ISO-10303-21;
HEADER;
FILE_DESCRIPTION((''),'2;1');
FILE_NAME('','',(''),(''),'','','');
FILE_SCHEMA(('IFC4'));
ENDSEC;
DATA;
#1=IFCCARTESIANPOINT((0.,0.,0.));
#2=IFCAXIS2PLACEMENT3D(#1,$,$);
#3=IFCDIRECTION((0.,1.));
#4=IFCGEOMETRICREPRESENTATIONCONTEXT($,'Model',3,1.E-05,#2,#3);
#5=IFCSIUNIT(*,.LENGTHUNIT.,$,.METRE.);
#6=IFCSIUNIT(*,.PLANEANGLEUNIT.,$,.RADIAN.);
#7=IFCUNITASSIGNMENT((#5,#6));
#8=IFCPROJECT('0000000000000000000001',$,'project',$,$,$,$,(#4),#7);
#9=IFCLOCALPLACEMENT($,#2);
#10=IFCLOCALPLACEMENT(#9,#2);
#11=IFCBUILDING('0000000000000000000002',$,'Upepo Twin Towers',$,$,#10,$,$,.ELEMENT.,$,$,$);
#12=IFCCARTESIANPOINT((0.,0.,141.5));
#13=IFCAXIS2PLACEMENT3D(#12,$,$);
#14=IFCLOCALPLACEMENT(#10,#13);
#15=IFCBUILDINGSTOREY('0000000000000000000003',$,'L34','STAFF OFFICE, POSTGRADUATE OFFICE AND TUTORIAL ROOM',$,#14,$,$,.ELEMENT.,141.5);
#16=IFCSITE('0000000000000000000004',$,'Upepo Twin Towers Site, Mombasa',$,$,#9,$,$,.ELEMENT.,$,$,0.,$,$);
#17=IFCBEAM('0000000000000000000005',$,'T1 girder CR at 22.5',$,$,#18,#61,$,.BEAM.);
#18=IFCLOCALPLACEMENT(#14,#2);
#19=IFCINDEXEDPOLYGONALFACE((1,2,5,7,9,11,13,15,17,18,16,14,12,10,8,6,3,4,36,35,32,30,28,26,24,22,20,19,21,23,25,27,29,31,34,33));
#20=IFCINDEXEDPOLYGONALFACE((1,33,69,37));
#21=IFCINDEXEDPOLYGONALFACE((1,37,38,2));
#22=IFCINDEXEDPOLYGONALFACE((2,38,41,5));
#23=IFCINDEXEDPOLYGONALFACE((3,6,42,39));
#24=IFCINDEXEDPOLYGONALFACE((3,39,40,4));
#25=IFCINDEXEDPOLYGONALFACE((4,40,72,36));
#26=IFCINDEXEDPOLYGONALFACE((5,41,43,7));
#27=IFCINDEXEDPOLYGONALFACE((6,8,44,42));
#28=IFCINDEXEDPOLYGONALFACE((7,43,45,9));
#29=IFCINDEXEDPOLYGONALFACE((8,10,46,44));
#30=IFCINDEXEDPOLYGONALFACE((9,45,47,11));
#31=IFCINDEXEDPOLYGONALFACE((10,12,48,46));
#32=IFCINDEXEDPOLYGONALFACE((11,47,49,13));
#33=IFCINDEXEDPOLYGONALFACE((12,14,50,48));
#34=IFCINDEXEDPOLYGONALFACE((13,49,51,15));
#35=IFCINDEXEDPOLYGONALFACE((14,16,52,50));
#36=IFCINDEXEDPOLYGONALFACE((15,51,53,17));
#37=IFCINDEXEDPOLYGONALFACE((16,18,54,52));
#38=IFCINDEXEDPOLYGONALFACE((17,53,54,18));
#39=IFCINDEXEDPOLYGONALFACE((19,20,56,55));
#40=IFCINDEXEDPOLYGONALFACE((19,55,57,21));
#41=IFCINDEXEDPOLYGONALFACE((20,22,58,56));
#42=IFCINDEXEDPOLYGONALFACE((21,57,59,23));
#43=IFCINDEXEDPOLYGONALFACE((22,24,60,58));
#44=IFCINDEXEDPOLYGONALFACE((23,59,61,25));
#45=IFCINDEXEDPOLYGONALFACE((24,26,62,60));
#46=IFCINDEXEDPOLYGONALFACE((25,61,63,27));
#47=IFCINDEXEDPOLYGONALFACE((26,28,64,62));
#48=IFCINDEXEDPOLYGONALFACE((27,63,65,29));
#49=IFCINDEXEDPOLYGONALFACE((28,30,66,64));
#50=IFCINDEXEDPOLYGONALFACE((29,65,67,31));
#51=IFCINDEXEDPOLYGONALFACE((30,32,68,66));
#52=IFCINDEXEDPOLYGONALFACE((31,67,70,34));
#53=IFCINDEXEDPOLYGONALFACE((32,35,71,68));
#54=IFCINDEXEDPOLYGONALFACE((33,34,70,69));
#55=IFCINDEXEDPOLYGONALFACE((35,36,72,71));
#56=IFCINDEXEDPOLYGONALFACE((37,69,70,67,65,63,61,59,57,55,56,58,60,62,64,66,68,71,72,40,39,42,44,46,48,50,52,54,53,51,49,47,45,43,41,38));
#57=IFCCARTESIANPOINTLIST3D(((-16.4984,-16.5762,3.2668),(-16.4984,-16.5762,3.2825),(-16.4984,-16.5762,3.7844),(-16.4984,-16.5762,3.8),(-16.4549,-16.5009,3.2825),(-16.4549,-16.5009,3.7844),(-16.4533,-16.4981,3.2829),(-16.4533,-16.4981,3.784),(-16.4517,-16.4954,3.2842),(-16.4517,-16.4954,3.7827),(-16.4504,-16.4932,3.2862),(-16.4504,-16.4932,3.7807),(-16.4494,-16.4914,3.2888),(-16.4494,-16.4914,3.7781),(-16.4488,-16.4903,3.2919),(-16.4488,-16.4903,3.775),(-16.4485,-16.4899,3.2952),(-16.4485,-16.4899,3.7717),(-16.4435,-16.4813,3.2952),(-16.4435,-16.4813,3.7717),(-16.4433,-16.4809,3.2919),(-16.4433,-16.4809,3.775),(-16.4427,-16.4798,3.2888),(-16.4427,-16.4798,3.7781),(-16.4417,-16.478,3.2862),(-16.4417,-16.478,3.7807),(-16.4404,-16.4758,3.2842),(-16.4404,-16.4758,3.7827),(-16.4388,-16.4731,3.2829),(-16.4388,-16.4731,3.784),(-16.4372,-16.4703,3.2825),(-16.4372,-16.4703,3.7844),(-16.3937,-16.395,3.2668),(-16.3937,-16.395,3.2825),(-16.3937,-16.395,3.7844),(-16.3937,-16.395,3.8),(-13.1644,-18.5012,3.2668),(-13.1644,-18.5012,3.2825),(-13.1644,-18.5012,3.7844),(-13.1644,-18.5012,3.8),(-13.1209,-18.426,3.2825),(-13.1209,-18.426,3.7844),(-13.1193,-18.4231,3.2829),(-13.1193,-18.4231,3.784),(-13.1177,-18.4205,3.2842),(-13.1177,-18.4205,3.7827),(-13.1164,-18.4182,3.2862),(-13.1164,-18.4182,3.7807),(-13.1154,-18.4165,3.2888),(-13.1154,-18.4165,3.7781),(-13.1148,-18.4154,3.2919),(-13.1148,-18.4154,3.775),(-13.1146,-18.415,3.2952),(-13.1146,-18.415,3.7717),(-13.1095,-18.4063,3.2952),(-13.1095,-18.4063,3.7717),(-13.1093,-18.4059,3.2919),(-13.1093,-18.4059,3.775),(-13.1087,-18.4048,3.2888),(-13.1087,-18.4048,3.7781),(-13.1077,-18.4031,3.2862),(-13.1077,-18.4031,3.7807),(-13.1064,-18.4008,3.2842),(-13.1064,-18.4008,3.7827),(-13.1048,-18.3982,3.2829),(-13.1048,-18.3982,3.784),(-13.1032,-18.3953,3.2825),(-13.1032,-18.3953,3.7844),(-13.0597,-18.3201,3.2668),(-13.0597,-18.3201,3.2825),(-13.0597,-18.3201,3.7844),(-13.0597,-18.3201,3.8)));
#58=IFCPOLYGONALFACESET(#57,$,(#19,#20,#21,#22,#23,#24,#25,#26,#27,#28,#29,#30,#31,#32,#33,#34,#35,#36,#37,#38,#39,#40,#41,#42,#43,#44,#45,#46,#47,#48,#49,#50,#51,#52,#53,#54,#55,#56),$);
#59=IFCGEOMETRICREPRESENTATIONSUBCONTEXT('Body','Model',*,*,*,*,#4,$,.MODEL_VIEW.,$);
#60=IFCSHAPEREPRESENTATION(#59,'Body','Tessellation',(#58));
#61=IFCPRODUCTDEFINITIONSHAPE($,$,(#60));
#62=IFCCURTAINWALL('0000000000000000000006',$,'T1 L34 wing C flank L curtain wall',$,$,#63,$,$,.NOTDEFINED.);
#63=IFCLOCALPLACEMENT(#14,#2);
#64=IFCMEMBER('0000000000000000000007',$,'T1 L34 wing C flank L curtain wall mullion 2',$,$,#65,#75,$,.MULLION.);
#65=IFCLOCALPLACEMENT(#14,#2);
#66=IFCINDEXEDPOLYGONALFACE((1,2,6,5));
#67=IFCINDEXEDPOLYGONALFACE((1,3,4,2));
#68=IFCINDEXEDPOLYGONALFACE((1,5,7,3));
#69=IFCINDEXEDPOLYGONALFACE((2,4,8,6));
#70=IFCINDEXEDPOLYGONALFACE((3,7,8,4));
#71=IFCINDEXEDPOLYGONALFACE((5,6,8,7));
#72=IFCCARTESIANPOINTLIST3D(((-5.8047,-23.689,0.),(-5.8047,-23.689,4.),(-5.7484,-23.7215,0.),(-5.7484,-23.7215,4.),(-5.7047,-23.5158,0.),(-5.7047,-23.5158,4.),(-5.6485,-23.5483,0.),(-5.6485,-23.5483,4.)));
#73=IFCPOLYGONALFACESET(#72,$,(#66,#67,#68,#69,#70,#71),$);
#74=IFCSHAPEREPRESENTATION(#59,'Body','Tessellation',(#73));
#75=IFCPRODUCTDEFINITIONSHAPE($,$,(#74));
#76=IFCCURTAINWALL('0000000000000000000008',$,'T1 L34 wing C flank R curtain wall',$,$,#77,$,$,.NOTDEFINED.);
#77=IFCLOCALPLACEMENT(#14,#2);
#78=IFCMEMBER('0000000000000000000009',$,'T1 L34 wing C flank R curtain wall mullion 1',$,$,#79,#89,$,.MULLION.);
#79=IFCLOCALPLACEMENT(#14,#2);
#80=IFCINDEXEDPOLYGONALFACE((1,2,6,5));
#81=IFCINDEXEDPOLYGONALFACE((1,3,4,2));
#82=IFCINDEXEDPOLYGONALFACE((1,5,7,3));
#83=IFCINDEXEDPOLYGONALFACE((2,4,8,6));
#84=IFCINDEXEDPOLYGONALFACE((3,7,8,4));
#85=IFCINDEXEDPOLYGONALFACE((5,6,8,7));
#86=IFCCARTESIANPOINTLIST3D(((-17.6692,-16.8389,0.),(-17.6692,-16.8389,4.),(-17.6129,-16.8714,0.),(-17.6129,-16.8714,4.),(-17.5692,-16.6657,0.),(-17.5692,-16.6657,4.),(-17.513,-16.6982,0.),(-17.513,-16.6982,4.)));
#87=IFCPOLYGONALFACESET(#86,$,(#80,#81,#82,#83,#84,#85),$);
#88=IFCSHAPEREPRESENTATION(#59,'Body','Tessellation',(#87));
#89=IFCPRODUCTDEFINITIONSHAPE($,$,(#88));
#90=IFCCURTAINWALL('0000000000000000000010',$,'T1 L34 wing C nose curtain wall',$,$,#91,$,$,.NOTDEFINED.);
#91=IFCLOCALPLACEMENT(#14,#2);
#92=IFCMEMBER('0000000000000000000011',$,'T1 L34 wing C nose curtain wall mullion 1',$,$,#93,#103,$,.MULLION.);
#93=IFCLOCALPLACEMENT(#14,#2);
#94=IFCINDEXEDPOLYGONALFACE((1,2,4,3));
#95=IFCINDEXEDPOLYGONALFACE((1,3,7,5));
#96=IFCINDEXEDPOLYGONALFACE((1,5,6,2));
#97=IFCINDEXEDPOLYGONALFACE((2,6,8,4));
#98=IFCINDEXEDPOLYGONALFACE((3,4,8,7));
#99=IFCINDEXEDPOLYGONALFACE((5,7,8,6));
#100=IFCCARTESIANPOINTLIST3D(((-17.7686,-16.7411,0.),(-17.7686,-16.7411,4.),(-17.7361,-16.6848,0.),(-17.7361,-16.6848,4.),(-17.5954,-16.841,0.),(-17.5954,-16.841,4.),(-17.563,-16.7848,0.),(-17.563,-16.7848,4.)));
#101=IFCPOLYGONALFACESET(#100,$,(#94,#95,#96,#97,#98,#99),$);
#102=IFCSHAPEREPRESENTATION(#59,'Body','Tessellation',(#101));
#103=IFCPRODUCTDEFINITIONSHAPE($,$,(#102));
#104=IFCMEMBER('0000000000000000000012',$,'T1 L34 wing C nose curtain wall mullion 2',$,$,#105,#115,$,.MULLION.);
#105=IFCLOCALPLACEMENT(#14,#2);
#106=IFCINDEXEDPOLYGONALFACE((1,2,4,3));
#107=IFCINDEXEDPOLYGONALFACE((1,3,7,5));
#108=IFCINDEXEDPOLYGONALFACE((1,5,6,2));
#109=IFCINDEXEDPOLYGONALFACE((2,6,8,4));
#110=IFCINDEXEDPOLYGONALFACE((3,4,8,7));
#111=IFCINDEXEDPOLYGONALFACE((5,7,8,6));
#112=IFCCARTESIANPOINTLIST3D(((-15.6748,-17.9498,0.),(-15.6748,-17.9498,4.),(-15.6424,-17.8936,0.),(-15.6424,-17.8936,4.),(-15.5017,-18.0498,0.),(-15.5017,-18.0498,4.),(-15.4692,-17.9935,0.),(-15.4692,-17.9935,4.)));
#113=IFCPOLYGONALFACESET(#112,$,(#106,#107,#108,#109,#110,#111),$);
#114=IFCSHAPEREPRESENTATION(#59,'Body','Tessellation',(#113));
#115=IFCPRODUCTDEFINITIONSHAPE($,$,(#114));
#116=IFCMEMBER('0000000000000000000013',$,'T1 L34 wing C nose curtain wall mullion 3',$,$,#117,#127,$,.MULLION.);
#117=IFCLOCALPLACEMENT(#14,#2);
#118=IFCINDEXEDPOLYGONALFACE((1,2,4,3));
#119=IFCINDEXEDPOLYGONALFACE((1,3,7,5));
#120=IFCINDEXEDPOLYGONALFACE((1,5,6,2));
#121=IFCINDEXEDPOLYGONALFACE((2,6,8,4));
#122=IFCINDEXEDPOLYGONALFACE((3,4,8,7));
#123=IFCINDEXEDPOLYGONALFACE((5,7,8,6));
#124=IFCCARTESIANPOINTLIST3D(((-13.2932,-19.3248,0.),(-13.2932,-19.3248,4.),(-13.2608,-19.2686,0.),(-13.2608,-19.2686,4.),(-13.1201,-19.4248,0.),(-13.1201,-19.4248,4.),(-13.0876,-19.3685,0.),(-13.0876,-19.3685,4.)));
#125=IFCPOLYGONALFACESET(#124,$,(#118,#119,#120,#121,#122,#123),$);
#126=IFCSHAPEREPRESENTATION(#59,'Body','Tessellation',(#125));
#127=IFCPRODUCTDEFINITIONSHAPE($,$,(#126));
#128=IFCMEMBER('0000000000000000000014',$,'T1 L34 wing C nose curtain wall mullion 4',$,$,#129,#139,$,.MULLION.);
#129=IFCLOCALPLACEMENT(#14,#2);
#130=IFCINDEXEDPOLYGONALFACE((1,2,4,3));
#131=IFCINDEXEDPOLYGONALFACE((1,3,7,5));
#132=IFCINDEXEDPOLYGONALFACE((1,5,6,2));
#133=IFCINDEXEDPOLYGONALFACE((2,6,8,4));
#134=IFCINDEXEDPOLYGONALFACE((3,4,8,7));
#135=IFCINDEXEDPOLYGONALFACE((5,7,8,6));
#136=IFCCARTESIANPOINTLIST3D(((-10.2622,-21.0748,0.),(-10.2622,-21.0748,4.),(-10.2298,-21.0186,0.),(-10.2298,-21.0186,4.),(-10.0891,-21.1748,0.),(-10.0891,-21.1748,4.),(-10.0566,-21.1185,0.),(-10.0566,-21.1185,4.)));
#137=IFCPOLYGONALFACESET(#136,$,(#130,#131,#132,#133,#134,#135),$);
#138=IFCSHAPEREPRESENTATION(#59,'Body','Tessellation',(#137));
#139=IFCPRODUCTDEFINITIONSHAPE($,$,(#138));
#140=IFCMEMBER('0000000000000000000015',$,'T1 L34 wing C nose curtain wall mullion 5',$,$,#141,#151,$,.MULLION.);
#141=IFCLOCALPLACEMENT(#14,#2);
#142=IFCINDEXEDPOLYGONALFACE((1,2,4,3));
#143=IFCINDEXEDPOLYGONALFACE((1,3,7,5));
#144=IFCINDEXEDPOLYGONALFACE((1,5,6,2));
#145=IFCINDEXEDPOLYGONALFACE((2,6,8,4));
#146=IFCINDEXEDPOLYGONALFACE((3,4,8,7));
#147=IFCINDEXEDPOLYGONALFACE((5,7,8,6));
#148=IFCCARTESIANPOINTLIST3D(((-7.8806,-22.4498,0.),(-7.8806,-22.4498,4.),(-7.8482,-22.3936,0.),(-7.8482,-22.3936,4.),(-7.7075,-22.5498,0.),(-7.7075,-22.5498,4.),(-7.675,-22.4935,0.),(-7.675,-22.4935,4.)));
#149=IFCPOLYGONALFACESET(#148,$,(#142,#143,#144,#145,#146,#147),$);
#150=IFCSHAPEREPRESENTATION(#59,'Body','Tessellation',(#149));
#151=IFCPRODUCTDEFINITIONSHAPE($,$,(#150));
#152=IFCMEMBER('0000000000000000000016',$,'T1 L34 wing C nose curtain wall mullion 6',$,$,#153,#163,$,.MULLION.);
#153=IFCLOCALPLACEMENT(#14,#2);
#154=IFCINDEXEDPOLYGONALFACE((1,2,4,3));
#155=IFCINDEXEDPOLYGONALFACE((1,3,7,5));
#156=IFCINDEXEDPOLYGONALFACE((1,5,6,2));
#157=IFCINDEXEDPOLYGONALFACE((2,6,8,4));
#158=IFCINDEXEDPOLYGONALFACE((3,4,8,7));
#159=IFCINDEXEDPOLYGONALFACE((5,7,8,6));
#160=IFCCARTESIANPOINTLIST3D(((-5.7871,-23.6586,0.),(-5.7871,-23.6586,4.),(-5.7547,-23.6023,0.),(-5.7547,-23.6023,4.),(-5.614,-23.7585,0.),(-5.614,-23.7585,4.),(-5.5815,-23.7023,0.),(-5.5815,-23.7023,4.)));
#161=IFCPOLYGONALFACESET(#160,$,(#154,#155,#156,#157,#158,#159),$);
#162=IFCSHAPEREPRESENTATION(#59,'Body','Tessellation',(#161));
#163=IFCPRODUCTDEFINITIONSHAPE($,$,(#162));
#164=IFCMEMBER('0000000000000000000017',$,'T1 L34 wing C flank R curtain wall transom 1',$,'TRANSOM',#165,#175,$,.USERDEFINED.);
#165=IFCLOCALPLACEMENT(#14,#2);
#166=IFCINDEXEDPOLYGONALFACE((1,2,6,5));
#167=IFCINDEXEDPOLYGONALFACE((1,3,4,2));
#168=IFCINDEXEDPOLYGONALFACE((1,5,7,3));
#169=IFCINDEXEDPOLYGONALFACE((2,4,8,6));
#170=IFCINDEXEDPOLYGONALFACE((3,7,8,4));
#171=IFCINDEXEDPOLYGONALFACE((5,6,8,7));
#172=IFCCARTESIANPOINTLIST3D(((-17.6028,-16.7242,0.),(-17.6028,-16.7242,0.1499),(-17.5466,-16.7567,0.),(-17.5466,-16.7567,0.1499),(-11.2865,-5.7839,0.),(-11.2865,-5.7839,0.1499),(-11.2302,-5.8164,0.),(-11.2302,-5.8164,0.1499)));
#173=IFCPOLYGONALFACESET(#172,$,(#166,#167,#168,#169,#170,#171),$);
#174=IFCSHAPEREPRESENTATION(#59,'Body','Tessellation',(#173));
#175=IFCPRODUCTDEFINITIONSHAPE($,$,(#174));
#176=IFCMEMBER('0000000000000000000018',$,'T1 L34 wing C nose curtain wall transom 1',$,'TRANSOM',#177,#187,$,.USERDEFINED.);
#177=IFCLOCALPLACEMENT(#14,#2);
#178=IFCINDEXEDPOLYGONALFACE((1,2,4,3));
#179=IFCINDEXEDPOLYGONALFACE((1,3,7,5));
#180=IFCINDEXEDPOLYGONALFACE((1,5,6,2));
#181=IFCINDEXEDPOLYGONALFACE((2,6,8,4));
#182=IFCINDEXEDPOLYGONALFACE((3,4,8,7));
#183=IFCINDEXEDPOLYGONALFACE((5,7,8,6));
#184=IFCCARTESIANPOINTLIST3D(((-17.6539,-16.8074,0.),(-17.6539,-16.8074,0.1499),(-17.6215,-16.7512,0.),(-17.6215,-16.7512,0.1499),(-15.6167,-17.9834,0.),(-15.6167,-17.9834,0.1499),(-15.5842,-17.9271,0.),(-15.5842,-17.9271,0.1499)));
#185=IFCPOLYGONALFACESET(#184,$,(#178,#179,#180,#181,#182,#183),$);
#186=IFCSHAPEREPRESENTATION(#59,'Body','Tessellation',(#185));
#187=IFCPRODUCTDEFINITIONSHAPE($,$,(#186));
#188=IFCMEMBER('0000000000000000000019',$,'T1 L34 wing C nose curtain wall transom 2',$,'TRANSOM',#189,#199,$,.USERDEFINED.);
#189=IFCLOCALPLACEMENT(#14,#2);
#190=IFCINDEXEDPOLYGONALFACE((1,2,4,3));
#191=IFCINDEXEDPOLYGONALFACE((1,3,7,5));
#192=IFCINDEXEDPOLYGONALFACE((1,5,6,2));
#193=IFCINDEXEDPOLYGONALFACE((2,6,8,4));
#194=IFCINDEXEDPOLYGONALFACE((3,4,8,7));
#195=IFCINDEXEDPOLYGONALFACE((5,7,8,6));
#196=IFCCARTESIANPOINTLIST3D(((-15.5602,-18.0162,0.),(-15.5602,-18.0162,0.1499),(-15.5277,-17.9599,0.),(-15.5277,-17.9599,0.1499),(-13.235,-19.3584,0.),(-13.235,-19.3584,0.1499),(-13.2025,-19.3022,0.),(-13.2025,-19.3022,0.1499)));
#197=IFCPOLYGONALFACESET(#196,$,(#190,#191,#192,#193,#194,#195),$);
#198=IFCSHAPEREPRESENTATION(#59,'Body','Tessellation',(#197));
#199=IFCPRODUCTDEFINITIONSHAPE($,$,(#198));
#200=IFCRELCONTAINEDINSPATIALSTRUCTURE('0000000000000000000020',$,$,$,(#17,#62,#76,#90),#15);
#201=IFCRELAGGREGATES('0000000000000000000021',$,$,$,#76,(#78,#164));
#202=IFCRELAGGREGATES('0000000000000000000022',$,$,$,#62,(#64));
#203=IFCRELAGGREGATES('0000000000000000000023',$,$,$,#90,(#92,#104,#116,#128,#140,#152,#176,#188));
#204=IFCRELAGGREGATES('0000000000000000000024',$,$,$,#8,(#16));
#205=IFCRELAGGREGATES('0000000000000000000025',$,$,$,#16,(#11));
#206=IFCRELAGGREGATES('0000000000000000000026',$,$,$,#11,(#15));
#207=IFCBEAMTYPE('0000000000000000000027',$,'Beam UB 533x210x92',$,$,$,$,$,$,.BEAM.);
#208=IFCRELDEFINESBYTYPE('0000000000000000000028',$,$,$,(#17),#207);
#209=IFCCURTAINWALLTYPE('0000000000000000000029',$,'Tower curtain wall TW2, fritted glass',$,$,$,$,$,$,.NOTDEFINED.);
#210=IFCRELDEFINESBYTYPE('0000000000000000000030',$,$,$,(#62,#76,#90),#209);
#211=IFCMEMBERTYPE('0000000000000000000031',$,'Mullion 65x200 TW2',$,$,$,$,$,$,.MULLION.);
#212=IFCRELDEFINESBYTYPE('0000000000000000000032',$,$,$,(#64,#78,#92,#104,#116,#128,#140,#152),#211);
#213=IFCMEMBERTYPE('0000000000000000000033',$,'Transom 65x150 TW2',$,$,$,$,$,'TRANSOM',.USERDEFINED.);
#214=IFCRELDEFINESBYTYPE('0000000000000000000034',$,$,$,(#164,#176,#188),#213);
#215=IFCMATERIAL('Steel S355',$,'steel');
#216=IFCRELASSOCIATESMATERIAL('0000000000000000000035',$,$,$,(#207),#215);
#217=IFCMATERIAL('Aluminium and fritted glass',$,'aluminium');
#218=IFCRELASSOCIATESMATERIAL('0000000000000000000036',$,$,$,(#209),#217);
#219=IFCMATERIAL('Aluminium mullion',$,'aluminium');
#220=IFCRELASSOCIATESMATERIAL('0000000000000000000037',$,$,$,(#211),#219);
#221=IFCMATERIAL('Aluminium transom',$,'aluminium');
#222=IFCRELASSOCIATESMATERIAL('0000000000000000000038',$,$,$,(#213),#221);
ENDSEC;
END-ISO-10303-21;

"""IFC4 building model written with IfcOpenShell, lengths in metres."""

from ifc_helpers import new_model, si_unit, direction, frame, origin, origin_2d, place, context, subcontext, project, spatial, rectangle, i_section, extrude, material, material_profile, profile_set, type_object, element, aggregate, save


model = new_model("IFC4")

# Units and contexts
model_context = context("Model", 3, precision=1e-05, world=origin(), true_north=direction((0.0, 1.0)))
body_context = subcontext(model_context, "Body", "Model", "MODEL_VIEW")
ifc_project = project(units=[si_unit("LENGTHUNIT", "METRE"), si_unit("PLANEANGLEUNIT", "RADIAN")], contexts=[model_context])

# Site, building, storey
site_placement = place(None, origin())
site = spatial("IfcSite", under=ifc_project, at=site_placement, Name="Upepo Twin Towers Site, Mombasa", CompositionType="ELEMENT", RefElevation=0.0)
building_placement = place(site_placement, origin())
building = spatial("IfcBuilding", under=site, at=building_placement, Name="Upepo Twin Towers", CompositionType="ELEMENT")
storey_placement = place(building_placement, frame((0.0, 0.0, 141.5)))
storey = spatial("IfcBuildingStorey", under=building, at=storey_placement, Name="L34", Description="STAFF OFFICE, POSTGRADUATE OFFICE AND TUTORIAL ROOM", CompositionType="ELEMENT", Elevation=141.5)

# Beam
ifc_material_1 = material(Name="Steel S355", Category="steel")
ifc_material_profile_1 = material_profile(ifc_material_1, i_section(OverallWidth=0.2092, OverallDepth=0.5332, WebThickness=0.01, FlangeThickness=0.0156, FilletRadius=0.0127, at=origin_2d()), Name="UB 533x210x92")
ifc_profile_set_1 = profile_set([ifc_material_profile_1], Name="Steel S355")
beam_type_1 = type_object("IfcBeamType", Name="Beam UB 533x210x92", PredefinedType="BEAM", material=ifc_profile_set_1)
for number, where, z_axis, x_axis, name in (
    (1, (-16.446, -16.4856, 3.5334), (0.866006, -0.500034, 0.0), (0.500034, 0.866006, 0.0), "T1 girder CR at 22.5"),
):
    element("IfcBeam", number, at=place(storey_placement, frame(where, z_axis=z_axis, x_axis=x_axis)), inside=storey, type_object=beam_type_1, Name=name, PredefinedType="BEAM", context=body_context, shape_type="SweptSolid", body=[
        extrude(i_section(OverallWidth=0.2092, OverallDepth=0.5332, WebThickness=0.01, FlangeThickness=0.0156, FilletRadius=0.0127, at=origin_2d()), origin(), (0.0, 0.0, 1.0), 3.8499),
    ])

# Curtain walls, members
ifc_material_2 = material(Name="Aluminium and fritted glass", Category="aluminium")
curtain_wall_type = type_object("IfcCurtainWallType", Name="Tower curtain wall TW2, fritted glass", PredefinedType="NOTDEFINED", material=ifc_material_2)
curtain_wall_1_placement = place(storey_placement, origin())
curtain_wall_1 = element("IfcCurtainWall", 2, at=curtain_wall_1_placement, inside=storey, type_object=curtain_wall_type, Name="T1 L34 wing C flank L curtain wall", PredefinedType="NOTDEFINED")
ifc_material_3 = material(Name="Aluminium mullion", Category="aluminium")
ifc_material_profile_2 = material_profile(ifc_material_3, rectangle(XDim=0.0649, YDim=0.2, at=origin_2d()), Name="MULLION 65x200")
ifc_profile_set_2 = profile_set([ifc_material_profile_2], Name="Aluminium mullion")
member_type_1 = type_object("IfcMemberType", Name="Mullion 65x200 TW2", PredefinedType="MULLION", material=ifc_profile_set_2)
member_1_placement = place(storey_placement, frame((-5.7266, -23.6187, 0.0), z_axis=(0.0, 0.0, 1.0), x_axis=(0.866025, -0.5, 0.0)))
member_1 = element("IfcMember", 3, at=member_1_placement, type_object=member_type_1, Name="T1 L34 wing C flank L curtain wall mullion 2", PredefinedType="MULLION", context=body_context, shape_type="SweptSolid", body=[
    extrude(rectangle(XDim=0.0649, YDim=0.2, at=origin_2d()), origin(), (0.0, 0.0, 1.0), 4.0),
])
curtain_wall_2_placement = place(storey_placement, origin())
curtain_wall_2 = element("IfcCurtainWall", 4, at=curtain_wall_2_placement, inside=storey, type_object=curtain_wall_type, Name="T1 L34 wing C flank R curtain wall", PredefinedType="NOTDEFINED")
member_2_placement = place(storey_placement, frame((-17.5911, -16.7686, 0.0), z_axis=(0.0, 0.0, 1.0), x_axis=(-0.866025, 0.5, 0.0)))
member_2 = element("IfcMember", 5, at=member_2_placement, type_object=member_type_1, Name="T1 L34 wing C flank R curtain wall mullion 1", PredefinedType="MULLION", context=body_context, shape_type="SweptSolid", body=[
    extrude(rectangle(XDim=0.0649, YDim=0.2, at=origin_2d()), origin(), (0.0, 0.0, 1.0), 4.0),
])

# Curtain wall, members
curtain_wall_3_placement = place(storey_placement, origin())
curtain_wall_3 = element("IfcCurtainWall", 6, at=curtain_wall_3_placement, inside=storey, type_object=curtain_wall_type, Name="T1 L34 wing C nose curtain wall", PredefinedType="NOTDEFINED")
member_3_placement = place(storey_placement, frame((-17.6658, -16.7629, 0.0), z_axis=(0.0, 0.0, 1.0), x_axis=(0.5, 0.866025, 0.0)))
member_3 = element("IfcMember", 7, at=member_3_placement, type_object=member_type_1, Name="T1 L34 wing C nose curtain wall mullion 1", PredefinedType="MULLION", context=body_context, shape_type="SweptSolid", body=[
    extrude(rectangle(XDim=0.0649, YDim=0.2, at=origin_2d()), origin(), (0.0, 0.0, 1.0), 4.0),
])
member_4_placement = place(storey_placement, frame((-15.572, -17.9717, 0.0), z_axis=(0.0, 0.0, 1.0), x_axis=(0.5, 0.866025, 0.0)))
member_4 = element("IfcMember", 8, at=member_4_placement, type_object=member_type_1, Name="T1 L34 wing C nose curtain wall mullion 2", PredefinedType="MULLION", context=body_context, shape_type="SweptSolid", body=[
    extrude(rectangle(XDim=0.0649, YDim=0.2, at=origin_2d()), origin(), (0.0, 0.0, 1.0), 4.0),
])
member_5_placement = place(storey_placement, frame((-13.1904, -19.3467, 0.0), z_axis=(0.0, 0.0, 1.0), x_axis=(0.5, 0.866025, 0.0)))
member_5 = element("IfcMember", 9, at=member_5_placement, type_object=member_type_1, Name="T1 L34 wing C nose curtain wall mullion 3", PredefinedType="MULLION", context=body_context, shape_type="SweptSolid", body=[
    extrude(rectangle(XDim=0.0649, YDim=0.2, at=origin_2d()), origin(), (0.0, 0.0, 1.0), 4.0),
])
member_6_placement = place(storey_placement, frame((-10.1594, -21.0967, 0.0), z_axis=(0.0, 0.0, 1.0), x_axis=(0.5, 0.866025, 0.0)))
member_6 = element("IfcMember", 10, at=member_6_placement, type_object=member_type_1, Name="T1 L34 wing C nose curtain wall mullion 4", PredefinedType="MULLION", context=body_context, shape_type="SweptSolid", body=[
    extrude(rectangle(XDim=0.0649, YDim=0.2, at=origin_2d()), origin(), (0.0, 0.0, 1.0), 4.0),
])
member_7_placement = place(storey_placement, frame((-7.7778, -22.4717, 0.0), z_axis=(0.0, 0.0, 1.0), x_axis=(0.5, 0.866025, 0.0)))
member_7 = element("IfcMember", 11, at=member_7_placement, type_object=member_type_1, Name="T1 L34 wing C nose curtain wall mullion 5", PredefinedType="MULLION", context=body_context, shape_type="SweptSolid", body=[
    extrude(rectangle(XDim=0.0649, YDim=0.2, at=origin_2d()), origin(), (0.0, 0.0, 1.0), 4.0),
])
member_8_placement = place(storey_placement, frame((-5.6843, -23.6804, 0.0), z_axis=(0.0, 0.0, 1.0), x_axis=(0.5, 0.866025, 0.0)))
member_8 = element("IfcMember", 12, at=member_8_placement, type_object=member_type_1, Name="T1 L34 wing C nose curtain wall mullion 6", PredefinedType="MULLION", context=body_context, shape_type="SweptSolid", body=[
    extrude(rectangle(XDim=0.0649, YDim=0.2, at=origin_2d()), origin(), (0.0, 0.0, 1.0), 4.0),
])

# Members
ifc_material_4 = material(Name="Aluminium transom", Category="aluminium")
ifc_material_profile_3 = material_profile(ifc_material_4, rectangle(XDim=0.0649, YDim=0.1499, at=origin_2d()), Name="TRANSOM 65x150")
ifc_profile_set_3 = profile_set([ifc_material_profile_3], Name="Aluminium transom")
member_type_2 = type_object("IfcMemberType", Name="Transom 65x150 TW2", ElementType="TRANSOM", PredefinedType="USERDEFINED", material=ifc_profile_set_3)
member_9_placement = place(storey_placement, frame((-17.5747, -16.7405, 0.075), z_axis=(0.499997, 0.866027, 0.0), x_axis=(-0.866027, 0.499997, 0.0)))
member_9 = element("IfcMember", 13, at=member_9_placement, type_object=member_type_2, Name="T1 L34 wing C flank R curtain wall transom 1", ObjectType="TRANSOM", PredefinedType="USERDEFINED", context=body_context, shape_type="SweptSolid", body=[
    extrude(rectangle(XDim=0.0649, YDim=0.1499, at=origin_2d()), origin(), (0.0, 0.0, 1.0), 12.6328),
])
aggregate(curtain_wall_2, [member_2, member_9])
member_10_placement = place(storey_placement, frame((-17.6377, -16.7793, 0.075), z_axis=(0.86607, -0.499923, 0.0), x_axis=(0.499923, 0.86607, 0.0)))
member_10 = element("IfcMember", 14, at=member_10_placement, type_object=member_type_2, Name="T1 L34 wing C nose curtain wall transom 1", ObjectType="TRANSOM", PredefinedType="USERDEFINED", context=body_context, shape_type="SweptSolid", body=[
    extrude(rectangle(XDim=0.0649, YDim=0.1499, at=origin_2d()), origin(), (0.0, 0.0, 1.0), 2.3523),
])
member_11_placement = place(storey_placement, frame((-15.5439, -17.988, 0.075), z_axis=(0.866052, -0.499953, 0.0), x_axis=(0.499953, 0.866052, 0.0)))
member_11 = element("IfcMember", 15, at=member_11_placement, type_object=member_type_2, Name="T1 L34 wing C nose curtain wall transom 2", ObjectType="TRANSOM", PredefinedType="USERDEFINED", context=body_context, shape_type="SweptSolid", body=[
    extrude(rectangle(XDim=0.0649, YDim=0.1499, at=origin_2d()), origin(), (0.0, 0.0, 1.0), 2.6848),
])

aggregate(curtain_wall_1, [member_1])
aggregate(curtain_wall_3, [member_3, member_4, member_5, member_6, member_7, member_8, member_10, member_11])

save(model, "model.ifc")
